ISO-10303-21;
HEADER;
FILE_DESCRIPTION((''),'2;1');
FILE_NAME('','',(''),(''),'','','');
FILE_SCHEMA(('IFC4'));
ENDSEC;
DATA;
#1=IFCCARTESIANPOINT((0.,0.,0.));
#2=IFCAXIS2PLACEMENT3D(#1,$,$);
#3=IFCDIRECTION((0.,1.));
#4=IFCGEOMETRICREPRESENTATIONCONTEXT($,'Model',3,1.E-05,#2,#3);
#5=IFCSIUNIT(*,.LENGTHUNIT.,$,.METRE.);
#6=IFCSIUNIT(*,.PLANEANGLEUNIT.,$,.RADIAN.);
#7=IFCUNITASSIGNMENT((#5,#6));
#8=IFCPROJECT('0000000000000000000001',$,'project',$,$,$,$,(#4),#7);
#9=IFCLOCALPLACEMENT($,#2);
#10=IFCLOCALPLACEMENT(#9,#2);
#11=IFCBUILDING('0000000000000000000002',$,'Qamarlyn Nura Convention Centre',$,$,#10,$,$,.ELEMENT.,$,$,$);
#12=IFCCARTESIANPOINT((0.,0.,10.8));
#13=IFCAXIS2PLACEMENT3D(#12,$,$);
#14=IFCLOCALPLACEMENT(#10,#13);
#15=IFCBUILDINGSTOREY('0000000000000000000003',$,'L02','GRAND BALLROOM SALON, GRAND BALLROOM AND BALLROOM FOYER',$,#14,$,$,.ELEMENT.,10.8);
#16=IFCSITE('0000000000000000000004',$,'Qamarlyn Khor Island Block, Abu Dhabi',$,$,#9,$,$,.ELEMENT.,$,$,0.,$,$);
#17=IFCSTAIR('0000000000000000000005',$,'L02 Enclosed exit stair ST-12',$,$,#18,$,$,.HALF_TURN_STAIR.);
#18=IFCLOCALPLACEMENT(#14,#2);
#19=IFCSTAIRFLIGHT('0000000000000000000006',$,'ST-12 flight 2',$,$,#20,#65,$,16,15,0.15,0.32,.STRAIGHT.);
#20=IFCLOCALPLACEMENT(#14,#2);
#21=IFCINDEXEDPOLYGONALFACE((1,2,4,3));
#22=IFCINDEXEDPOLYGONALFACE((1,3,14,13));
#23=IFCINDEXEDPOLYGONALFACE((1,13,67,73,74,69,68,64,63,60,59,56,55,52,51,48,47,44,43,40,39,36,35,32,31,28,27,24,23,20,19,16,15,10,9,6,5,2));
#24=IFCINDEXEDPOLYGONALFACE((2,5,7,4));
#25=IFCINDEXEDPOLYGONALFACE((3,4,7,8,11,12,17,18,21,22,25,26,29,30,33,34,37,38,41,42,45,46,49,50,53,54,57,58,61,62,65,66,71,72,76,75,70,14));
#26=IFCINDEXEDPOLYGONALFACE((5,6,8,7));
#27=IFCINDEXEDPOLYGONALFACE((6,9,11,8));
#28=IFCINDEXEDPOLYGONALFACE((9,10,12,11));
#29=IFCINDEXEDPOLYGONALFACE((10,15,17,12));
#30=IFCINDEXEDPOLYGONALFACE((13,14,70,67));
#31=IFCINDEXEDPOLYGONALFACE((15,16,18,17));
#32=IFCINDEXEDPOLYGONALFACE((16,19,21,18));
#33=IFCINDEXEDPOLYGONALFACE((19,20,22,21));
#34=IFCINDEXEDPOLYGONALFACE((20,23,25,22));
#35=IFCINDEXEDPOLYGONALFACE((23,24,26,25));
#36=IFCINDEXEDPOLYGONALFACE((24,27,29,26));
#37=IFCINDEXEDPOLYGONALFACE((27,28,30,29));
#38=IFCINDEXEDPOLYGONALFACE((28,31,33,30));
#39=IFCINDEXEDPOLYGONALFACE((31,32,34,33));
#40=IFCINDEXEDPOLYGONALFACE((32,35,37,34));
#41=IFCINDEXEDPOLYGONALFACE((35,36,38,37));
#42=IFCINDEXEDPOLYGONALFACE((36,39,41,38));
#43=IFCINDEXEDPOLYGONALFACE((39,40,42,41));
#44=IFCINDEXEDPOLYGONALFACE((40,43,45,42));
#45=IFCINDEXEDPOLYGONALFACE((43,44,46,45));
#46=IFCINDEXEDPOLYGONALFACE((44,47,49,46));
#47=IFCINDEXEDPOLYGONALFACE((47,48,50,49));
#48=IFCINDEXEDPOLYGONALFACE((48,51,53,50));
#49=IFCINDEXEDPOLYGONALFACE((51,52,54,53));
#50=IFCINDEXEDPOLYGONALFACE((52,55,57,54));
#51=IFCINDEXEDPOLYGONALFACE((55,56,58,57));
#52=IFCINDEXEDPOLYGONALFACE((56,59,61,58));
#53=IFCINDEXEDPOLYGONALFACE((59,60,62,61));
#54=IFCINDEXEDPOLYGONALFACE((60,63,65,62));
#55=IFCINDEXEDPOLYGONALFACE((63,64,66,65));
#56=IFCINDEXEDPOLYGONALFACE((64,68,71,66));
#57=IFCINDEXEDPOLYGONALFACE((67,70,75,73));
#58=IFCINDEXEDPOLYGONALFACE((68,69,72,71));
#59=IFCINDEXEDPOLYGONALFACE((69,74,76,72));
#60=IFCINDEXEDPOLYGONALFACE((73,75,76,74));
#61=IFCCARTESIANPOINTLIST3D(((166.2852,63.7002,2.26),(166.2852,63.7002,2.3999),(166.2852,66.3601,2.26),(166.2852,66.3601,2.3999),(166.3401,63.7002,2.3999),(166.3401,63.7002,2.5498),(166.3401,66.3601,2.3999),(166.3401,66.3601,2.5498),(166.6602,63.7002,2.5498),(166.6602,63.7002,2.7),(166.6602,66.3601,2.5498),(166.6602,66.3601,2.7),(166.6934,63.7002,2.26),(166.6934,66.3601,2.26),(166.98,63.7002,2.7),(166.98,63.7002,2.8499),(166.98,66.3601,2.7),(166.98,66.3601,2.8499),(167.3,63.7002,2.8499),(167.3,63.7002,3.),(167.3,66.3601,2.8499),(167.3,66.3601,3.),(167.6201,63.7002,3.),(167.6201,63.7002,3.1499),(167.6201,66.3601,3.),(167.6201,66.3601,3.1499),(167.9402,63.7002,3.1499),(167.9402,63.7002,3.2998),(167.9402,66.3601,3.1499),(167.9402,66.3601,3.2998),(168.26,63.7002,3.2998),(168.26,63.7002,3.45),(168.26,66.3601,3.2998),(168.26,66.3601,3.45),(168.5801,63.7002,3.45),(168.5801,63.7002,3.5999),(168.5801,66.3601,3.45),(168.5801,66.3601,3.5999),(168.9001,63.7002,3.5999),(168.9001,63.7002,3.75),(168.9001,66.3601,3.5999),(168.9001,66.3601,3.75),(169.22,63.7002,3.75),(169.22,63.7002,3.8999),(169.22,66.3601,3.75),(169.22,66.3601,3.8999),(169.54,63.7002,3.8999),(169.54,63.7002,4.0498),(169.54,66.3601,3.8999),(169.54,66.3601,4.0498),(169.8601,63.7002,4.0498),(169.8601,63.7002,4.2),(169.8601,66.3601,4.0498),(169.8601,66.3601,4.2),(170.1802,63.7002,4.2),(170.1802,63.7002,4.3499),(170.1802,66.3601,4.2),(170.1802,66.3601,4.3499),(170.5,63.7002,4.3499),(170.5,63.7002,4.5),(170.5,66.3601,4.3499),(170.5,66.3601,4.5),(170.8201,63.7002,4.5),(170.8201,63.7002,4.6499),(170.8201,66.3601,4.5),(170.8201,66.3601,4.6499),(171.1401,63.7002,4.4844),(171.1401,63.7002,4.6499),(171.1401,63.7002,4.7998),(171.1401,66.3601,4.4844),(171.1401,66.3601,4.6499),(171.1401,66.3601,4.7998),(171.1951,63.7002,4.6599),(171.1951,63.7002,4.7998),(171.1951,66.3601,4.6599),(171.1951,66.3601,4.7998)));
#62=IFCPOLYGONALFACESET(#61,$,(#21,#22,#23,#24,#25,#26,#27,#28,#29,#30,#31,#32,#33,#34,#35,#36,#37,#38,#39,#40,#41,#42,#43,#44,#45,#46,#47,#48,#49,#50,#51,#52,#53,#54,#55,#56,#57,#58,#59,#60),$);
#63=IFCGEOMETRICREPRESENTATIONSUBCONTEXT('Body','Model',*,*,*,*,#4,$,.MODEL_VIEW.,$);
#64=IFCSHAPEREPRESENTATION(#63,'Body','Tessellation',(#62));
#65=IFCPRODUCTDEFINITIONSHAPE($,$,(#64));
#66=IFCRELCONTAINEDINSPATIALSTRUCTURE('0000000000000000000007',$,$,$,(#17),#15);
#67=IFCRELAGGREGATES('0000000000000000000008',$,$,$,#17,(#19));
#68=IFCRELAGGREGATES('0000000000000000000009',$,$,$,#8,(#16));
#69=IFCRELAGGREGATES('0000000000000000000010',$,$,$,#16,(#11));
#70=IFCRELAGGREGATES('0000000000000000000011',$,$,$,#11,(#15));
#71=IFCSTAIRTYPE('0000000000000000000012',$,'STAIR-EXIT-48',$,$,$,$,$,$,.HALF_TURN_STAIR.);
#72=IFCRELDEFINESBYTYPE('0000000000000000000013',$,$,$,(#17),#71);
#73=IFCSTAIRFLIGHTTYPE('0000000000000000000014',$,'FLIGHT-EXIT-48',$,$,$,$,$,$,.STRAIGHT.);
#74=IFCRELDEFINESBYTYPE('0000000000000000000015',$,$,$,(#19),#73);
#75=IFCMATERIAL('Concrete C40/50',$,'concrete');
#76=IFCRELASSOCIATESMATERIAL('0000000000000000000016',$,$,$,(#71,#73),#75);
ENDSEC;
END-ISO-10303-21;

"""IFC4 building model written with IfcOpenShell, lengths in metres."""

from ifc_helpers import new_model, si_unit, direction, frame, origin, place, context, subcontext, project, spatial, polyline, outline, extrude, material, type_object, element, aggregate, save


model = new_model("IFC4")

# Units and contexts
model_context = context("Model", 3, precision=1e-05, world=origin(), true_north=direction((0.0, 1.0)))
body_context = subcontext(model_context, "Body", "Model", "MODEL_VIEW")
ifc_project = project(units=[si_unit("LENGTHUNIT", "METRE"), si_unit("PLANEANGLEUNIT", "RADIAN")], contexts=[model_context])

# Site, building, storey
site_placement = place(None, origin())
site = spatial("IfcSite", under=ifc_project, at=site_placement, Name="Qamarlyn Khor Island Block, Abu Dhabi", CompositionType="ELEMENT", RefElevation=0.0)
building_placement = place(site_placement, origin())
building = spatial("IfcBuilding", under=site, at=building_placement, Name="Qamarlyn Nura Convention Centre", CompositionType="ELEMENT")
storey_placement = place(building_placement, frame((0.0, 0.0, 10.8)))
storey = spatial("IfcBuildingStorey", under=building, at=storey_placement, Name="L02", Description="GRAND BALLROOM SALON, GRAND BALLROOM AND BALLROOM FOYER", CompositionType="ELEMENT", Elevation=10.8)

# Stair, stair flight
ifc_material_1 = material(Name="Concrete C40/50", Category="concrete")
stair_type = type_object("IfcStairType", Name="STAIR-EXIT-48", PredefinedType="HALF_TURN_STAIR", material=ifc_material_1)
stair_placement = place(storey_placement, origin())
stair = element("IfcStair", 1, at=stair_placement, inside=storey, type_object=stair_type, Name="L02 Enclosed exit stair ST-12", PredefinedType="HALF_TURN_STAIR")
stair_flight_type = type_object("IfcStairFlightType", Name="FLIGHT-EXIT-48", PredefinedType="STRAIGHT", material=ifc_material_1)
stair_flight_1_placement = place(storey_placement, frame((166.3401, 65.03, 2.3999), z_axis=(0.0, 0.0, 1.0), x_axis=(1.0, 0.0, 0.0)))
stair_flight_1 = element("IfcStairFlight", 2, at=stair_flight_1_placement, type_object=stair_flight_type, Name="ST-12 flight 2", NumberOfRisers=16, NumberOfTreads=15, PredefinedType="STRAIGHT", RiserHeight=0.15, TreadLength=0.32, context=body_context, shape_type="SweptSolid", body=[
    extrude(outline(polyline([(-0.0549, 0.0), (0.0, 0.0), (0.0, 0.1499), (0.3201, 0.1499), (0.3201, 0.3), (0.6399, 0.3), (0.6399, 0.45), (0.96, 0.45), (0.96, 0.6001), (1.28, 0.6001), (1.28, 0.75), (1.6001, 0.75), (1.6001, 0.8999), (1.9199, 0.8999), (1.9199, 1.05), (2.24, 1.05), (2.24, 1.2), (2.5601, 1.2), (2.5601, 1.3501), (2.8799, 1.3501), (2.8799, 1.5), (3.2, 1.5), (3.2, 1.6499), (3.52, 1.6499), (3.52, 1.8), (3.8401, 1.8), (3.8401, 1.95), (4.1599, 1.95), (4.1599, 2.1001), (4.48, 2.1001), (4.48, 2.25), (4.8, 2.25), (4.8, 2.3999), (4.855, 2.3999), (4.855, 2.26), (4.8, 2.0845), (0.3533, -0.1399), (-0.0549, -0.1399), (-0.0549, 0.0)])), frame((0.0, 1.3301, 0.0), z_axis=(0.0, -1.0, 0.0), x_axis=(1.0, 0.0, 0.0)), (0.0, 0.0, 1.0), 2.6599),
])
aggregate(stair, [stair_flight_1])

save(model, "model.ifc")
